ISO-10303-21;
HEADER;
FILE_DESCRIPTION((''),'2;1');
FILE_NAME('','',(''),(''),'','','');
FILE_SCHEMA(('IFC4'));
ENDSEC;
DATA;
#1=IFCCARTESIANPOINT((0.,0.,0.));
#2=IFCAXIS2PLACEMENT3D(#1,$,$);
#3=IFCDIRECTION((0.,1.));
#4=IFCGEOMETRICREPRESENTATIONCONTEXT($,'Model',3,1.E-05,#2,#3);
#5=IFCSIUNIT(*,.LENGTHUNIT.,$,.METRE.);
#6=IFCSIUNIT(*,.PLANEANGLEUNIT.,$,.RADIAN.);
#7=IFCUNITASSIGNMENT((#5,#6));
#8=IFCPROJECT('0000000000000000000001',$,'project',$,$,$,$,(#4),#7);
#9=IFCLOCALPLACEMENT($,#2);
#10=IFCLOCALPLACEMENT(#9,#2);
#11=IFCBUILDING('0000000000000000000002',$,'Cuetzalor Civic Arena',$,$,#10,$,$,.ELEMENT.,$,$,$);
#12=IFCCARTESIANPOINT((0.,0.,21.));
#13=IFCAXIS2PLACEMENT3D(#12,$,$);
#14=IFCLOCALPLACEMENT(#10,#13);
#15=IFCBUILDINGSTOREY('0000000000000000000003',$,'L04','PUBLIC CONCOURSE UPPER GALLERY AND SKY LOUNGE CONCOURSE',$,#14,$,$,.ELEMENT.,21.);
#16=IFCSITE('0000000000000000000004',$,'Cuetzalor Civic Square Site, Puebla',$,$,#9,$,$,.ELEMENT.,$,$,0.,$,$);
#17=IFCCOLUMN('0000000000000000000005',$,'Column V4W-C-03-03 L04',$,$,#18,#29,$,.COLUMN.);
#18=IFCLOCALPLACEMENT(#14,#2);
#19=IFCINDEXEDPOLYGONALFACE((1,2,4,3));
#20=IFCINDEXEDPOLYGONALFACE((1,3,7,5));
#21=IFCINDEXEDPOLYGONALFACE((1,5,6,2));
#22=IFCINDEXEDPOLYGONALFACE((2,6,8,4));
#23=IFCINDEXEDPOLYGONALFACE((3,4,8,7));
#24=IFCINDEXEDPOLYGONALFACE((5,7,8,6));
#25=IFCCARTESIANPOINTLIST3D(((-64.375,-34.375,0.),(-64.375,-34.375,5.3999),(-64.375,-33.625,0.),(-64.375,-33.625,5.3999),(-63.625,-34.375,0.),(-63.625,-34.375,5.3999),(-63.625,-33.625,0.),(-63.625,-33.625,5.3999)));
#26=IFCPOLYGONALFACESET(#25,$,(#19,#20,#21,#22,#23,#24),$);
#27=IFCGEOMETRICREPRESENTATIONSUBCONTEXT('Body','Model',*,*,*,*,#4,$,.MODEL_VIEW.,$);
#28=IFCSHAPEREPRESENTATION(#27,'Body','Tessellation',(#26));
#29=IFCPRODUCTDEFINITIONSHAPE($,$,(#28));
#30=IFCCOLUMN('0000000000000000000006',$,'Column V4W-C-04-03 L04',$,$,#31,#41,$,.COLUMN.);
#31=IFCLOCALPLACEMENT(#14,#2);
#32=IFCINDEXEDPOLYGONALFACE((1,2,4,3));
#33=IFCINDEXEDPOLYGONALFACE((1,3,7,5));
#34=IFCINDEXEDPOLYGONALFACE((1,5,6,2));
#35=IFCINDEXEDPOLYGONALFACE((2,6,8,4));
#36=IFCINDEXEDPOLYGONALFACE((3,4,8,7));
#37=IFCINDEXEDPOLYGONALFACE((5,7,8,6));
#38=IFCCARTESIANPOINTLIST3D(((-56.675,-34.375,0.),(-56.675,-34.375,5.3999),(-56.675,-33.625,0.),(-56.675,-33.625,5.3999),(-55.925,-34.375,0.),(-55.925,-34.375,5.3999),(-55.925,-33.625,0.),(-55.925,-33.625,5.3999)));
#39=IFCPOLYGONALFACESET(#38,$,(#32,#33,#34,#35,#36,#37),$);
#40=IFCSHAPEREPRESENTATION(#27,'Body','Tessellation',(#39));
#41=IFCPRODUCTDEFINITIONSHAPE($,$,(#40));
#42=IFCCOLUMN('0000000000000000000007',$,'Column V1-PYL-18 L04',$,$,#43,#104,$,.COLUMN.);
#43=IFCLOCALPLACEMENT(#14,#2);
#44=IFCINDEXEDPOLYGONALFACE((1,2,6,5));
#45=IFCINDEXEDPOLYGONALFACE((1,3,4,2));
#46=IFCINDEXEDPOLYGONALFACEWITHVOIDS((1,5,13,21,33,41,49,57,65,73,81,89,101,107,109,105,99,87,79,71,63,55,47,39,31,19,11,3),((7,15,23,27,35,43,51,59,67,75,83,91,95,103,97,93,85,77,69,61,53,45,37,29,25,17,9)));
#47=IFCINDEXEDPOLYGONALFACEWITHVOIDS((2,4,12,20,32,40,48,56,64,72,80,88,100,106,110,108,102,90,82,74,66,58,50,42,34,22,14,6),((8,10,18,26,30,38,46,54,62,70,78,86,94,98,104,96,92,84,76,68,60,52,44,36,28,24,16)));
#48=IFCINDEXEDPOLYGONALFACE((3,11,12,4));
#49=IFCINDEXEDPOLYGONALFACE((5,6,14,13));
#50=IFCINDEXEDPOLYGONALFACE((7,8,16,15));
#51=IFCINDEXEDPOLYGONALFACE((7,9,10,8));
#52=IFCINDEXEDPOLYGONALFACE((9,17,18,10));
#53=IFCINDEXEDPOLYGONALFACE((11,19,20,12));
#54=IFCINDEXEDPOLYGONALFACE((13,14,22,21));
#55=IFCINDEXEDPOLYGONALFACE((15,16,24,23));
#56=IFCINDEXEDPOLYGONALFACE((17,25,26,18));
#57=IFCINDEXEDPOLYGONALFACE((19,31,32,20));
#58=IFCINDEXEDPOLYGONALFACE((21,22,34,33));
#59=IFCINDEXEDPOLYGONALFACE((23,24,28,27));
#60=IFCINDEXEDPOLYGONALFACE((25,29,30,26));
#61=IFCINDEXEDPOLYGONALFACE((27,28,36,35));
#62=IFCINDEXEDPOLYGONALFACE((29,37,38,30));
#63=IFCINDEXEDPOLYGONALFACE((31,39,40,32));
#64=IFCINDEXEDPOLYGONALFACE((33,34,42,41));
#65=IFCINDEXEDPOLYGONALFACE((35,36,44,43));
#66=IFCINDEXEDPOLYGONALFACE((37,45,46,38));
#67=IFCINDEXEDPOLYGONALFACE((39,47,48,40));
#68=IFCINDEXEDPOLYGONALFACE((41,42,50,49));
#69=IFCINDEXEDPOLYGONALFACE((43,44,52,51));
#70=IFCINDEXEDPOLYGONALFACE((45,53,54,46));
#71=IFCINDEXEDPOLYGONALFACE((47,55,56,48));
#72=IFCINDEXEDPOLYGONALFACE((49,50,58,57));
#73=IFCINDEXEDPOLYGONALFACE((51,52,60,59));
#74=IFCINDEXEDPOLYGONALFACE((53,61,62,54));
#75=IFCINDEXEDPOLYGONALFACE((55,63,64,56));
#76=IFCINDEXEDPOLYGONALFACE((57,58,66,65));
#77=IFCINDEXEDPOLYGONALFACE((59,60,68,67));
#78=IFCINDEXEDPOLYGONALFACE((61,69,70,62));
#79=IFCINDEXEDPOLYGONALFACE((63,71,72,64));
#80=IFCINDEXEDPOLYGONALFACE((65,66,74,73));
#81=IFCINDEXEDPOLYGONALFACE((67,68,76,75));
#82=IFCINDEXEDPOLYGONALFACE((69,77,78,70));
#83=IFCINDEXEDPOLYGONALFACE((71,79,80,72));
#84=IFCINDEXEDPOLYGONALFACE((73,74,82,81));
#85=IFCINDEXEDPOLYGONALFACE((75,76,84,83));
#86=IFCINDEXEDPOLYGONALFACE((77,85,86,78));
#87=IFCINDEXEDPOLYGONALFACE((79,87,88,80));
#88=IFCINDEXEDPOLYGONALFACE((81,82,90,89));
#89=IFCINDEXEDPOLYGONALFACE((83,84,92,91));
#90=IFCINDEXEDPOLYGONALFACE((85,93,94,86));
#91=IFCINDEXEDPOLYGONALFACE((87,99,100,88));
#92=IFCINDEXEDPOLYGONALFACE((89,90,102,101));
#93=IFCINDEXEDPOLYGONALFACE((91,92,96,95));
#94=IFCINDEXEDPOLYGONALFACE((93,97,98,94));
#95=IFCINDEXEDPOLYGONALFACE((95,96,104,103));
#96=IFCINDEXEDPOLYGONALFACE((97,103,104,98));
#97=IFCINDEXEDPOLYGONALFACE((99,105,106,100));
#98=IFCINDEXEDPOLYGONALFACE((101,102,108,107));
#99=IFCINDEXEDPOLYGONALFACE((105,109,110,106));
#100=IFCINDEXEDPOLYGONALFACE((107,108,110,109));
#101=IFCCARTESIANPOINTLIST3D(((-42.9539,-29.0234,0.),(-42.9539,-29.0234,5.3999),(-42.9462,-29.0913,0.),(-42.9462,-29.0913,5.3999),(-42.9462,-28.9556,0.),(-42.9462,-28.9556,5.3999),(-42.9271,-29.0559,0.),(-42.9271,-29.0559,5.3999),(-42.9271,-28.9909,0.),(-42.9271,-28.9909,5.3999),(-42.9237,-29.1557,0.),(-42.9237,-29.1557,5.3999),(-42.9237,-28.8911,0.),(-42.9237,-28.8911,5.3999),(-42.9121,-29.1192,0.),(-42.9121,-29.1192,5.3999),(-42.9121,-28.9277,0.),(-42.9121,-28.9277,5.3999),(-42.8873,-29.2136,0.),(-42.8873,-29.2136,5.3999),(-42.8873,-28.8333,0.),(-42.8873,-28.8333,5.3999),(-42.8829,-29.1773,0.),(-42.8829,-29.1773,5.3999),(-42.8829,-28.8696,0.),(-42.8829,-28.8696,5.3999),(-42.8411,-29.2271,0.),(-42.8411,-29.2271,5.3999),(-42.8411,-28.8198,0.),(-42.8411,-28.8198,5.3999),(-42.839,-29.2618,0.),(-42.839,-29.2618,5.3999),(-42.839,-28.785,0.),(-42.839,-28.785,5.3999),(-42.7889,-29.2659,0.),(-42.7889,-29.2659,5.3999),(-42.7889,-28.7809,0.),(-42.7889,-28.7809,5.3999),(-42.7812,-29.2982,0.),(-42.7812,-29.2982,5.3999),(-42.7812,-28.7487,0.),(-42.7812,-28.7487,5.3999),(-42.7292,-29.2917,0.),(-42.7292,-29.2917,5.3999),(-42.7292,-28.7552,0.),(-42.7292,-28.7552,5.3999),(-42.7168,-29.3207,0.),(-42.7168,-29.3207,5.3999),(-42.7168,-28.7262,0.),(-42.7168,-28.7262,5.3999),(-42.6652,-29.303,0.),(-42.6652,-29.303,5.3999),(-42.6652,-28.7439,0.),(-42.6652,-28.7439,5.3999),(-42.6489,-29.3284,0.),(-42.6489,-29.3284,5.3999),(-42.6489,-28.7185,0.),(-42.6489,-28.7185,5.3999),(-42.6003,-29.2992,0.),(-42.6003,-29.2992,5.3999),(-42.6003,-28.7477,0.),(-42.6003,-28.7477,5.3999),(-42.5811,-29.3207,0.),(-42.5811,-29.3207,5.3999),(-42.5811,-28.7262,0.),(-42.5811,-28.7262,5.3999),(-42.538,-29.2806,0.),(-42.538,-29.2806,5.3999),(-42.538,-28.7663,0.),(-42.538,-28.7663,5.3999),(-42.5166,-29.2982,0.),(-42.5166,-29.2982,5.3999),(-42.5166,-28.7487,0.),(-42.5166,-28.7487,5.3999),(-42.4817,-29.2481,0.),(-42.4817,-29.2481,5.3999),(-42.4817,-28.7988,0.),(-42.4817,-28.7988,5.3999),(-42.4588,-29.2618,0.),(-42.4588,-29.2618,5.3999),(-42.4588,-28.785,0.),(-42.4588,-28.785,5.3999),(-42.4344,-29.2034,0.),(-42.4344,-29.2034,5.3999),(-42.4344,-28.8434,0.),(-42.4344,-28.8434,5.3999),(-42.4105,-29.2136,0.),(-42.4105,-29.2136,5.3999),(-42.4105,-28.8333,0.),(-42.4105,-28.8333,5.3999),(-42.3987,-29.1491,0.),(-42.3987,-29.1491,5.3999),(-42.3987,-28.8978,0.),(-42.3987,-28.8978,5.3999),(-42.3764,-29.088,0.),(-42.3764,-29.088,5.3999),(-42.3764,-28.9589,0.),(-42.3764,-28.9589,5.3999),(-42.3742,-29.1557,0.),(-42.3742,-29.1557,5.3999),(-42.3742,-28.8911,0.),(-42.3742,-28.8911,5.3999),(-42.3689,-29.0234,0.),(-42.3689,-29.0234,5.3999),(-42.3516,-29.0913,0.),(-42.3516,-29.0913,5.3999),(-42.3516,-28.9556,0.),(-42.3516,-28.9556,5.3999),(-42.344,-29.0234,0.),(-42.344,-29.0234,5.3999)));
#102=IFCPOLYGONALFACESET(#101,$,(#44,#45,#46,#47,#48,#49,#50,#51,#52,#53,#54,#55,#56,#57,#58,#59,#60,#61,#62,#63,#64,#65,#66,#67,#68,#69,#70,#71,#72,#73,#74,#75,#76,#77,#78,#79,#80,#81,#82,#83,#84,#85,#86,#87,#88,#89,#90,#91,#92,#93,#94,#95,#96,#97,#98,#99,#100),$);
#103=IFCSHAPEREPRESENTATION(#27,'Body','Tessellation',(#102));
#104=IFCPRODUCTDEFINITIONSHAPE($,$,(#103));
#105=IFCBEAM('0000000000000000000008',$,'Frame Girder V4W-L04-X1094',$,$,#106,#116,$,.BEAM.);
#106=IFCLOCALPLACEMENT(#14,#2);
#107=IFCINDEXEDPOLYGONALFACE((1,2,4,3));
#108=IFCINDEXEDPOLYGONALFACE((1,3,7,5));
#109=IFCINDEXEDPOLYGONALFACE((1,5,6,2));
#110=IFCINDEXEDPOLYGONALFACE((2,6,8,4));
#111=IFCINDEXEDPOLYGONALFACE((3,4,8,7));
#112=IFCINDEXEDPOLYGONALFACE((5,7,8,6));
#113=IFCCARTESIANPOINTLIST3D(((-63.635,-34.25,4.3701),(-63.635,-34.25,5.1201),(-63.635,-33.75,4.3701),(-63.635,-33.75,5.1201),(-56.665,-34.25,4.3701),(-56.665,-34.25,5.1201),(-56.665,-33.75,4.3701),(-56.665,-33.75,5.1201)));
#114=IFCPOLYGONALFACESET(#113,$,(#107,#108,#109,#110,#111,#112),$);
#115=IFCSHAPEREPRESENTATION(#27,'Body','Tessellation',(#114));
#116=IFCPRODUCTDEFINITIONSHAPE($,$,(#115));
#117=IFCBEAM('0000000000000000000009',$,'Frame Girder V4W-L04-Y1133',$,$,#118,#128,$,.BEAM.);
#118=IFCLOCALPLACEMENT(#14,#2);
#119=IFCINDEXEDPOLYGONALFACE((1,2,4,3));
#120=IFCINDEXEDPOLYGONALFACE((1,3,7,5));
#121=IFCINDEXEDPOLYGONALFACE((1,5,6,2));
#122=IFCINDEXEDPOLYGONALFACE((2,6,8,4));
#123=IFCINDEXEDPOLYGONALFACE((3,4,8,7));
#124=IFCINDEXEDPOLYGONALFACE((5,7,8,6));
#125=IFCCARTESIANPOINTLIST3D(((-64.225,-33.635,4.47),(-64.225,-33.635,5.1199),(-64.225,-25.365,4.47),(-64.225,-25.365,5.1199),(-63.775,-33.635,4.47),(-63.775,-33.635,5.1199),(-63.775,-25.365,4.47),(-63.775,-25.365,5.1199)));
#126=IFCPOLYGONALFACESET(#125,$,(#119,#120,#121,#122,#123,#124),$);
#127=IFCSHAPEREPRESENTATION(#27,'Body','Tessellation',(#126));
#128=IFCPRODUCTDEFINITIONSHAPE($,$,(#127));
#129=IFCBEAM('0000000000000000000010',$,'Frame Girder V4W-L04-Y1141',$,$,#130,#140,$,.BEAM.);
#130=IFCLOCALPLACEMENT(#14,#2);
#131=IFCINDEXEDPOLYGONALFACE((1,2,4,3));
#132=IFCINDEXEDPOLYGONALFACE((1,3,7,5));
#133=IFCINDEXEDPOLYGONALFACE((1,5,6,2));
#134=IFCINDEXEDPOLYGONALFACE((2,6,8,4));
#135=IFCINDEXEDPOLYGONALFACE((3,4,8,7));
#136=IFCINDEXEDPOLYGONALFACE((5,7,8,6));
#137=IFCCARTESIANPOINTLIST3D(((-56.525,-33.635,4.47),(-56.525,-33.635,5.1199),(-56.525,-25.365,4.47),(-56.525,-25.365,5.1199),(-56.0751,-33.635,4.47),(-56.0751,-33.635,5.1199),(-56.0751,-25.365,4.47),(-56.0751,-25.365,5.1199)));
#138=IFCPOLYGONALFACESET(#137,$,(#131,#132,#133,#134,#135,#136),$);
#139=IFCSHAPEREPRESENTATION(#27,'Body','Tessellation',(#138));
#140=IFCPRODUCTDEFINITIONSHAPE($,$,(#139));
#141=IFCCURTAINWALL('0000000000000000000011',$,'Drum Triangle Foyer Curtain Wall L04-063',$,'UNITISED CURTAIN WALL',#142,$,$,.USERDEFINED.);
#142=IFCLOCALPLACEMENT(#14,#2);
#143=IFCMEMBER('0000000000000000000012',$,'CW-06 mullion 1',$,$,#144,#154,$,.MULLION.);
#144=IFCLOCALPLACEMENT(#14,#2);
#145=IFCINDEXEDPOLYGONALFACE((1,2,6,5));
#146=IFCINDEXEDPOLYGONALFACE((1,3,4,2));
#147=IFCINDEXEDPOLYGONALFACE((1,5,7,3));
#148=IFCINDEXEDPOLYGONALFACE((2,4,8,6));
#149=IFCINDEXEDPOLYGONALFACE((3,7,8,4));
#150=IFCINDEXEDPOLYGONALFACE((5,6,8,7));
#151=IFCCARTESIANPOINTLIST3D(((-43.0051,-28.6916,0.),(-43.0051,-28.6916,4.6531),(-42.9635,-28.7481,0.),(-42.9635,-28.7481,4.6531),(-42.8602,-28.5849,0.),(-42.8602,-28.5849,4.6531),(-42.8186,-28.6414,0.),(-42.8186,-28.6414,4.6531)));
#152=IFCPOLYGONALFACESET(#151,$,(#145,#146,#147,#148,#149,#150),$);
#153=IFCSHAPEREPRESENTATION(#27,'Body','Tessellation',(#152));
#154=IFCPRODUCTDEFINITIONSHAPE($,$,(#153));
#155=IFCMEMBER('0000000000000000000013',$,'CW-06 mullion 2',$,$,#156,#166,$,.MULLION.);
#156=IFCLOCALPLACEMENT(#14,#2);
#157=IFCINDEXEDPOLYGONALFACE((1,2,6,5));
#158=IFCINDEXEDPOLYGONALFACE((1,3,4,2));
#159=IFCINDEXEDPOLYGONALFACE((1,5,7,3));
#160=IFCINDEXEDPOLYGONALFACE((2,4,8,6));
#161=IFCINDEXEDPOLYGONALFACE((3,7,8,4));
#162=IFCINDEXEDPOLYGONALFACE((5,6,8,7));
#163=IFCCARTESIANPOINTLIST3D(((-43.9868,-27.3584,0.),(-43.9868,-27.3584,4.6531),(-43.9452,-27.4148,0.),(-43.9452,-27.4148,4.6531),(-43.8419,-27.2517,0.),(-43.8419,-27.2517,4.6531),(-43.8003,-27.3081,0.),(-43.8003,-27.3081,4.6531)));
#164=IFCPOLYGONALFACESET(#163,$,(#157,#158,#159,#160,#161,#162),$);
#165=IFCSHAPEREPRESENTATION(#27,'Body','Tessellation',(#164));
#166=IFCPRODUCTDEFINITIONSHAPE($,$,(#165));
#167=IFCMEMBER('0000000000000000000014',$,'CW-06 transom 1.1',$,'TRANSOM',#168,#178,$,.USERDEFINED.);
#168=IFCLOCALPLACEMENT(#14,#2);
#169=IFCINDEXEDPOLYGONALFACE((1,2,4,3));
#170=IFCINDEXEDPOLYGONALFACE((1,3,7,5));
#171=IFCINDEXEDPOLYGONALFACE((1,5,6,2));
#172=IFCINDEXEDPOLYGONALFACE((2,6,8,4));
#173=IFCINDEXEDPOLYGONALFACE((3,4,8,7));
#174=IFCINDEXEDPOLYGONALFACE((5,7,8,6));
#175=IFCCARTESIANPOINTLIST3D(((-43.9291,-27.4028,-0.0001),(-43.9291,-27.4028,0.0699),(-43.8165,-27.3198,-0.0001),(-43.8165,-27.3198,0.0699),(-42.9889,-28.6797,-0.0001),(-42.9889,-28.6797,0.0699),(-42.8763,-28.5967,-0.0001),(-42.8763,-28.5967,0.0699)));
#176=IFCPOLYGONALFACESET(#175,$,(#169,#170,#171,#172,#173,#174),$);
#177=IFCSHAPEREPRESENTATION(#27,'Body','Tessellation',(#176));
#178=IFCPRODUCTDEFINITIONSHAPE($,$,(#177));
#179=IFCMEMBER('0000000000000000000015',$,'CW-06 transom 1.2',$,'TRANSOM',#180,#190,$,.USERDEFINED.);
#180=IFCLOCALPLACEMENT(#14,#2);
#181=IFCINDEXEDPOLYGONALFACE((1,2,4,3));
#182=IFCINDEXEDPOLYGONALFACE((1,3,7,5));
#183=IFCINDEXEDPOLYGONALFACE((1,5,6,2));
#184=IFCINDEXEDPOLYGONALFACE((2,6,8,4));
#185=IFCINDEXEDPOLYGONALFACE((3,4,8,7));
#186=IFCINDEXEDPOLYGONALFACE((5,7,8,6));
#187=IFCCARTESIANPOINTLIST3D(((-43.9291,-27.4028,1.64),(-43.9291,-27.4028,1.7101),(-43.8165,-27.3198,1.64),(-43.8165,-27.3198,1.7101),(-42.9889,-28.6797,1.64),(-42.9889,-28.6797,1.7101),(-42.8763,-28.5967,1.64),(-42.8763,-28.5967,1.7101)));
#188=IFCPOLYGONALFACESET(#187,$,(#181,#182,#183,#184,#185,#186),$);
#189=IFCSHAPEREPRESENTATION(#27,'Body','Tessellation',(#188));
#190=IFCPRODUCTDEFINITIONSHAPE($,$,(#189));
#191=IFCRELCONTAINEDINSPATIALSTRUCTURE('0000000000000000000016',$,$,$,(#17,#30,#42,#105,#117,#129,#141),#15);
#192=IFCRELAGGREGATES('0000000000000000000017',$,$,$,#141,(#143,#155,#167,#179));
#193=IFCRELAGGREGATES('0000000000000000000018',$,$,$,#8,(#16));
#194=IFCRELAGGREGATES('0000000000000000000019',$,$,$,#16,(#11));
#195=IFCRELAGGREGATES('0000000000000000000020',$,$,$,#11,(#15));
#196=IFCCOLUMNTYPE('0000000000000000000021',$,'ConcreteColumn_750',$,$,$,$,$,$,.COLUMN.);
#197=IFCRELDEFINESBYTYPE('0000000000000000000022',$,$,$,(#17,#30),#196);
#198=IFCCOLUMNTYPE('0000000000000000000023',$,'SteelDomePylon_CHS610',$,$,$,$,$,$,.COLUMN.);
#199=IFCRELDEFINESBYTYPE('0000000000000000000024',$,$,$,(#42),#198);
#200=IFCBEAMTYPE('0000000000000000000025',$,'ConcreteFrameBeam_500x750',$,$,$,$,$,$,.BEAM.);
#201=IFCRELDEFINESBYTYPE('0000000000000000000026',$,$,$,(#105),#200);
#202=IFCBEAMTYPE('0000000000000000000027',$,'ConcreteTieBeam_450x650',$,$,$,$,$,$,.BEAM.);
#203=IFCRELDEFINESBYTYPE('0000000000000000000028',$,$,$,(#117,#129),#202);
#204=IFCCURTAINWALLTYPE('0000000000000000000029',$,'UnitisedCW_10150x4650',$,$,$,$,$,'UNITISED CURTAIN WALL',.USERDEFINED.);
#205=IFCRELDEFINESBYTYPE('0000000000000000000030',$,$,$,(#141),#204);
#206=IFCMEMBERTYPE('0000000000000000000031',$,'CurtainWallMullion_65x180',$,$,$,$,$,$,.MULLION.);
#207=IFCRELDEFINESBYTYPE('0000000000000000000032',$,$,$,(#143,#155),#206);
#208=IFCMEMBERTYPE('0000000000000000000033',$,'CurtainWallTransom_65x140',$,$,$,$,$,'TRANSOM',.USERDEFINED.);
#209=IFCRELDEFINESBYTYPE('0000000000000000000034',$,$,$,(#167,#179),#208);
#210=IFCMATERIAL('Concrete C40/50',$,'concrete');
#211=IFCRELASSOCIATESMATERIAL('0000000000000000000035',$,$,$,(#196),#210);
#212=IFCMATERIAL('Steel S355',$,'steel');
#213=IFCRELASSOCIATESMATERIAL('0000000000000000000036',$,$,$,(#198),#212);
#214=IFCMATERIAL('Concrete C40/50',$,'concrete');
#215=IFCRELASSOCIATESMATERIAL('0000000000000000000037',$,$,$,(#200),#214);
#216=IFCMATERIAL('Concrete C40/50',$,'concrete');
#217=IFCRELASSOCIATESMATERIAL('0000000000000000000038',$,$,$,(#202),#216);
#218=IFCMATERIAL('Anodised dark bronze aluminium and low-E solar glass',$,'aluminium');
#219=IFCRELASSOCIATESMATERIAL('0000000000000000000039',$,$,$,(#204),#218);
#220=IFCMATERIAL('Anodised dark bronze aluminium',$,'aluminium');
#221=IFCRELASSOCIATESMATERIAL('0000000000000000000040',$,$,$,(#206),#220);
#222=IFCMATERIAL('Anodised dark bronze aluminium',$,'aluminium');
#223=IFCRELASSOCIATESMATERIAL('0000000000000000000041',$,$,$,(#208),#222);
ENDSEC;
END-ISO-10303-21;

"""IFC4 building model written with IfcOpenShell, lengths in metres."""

from ifc_helpers import new_model, si_unit, direction, frame, origin, origin_2d, place, context, subcontext, project, spatial, rectangle, hollow_circle, extrude, material, material_profile, profile_set, type_object, element, aggregate, save


model = new_model("IFC4")

# Units and contexts
model_context = context("Model", 3, precision=1e-05, world=origin(), true_north=direction((0.0, 1.0)))
body_context = subcontext(model_context, "Body", "Model", "MODEL_VIEW")
ifc_project = project(units=[si_unit("LENGTHUNIT", "METRE"), si_unit("PLANEANGLEUNIT", "RADIAN")], contexts=[model_context])

# Site, building, storey
site_placement = place(None, origin())
site = spatial("IfcSite", under=ifc_project, at=site_placement, Name="Cuetzalor Civic Square Site, Puebla", CompositionType="ELEMENT", RefElevation=0.0)
building_placement = place(site_placement, origin())
building = spatial("IfcBuilding", under=site, at=building_placement, Name="Cuetzalor Civic Arena", CompositionType="ELEMENT")
storey_placement = place(building_placement, frame((0.0, 0.0, 21.0)))
storey = spatial("IfcBuildingStorey", under=building, at=storey_placement, Name="L04", Description="PUBLIC CONCOURSE UPPER GALLERY AND SKY LOUNGE CONCOURSE", CompositionType="ELEMENT", Elevation=21.0)

# Columns
ifc_material_1 = material(Name="Concrete C40/50", Category="concrete")
ifc_material_profile_1 = material_profile(ifc_material_1, rectangle(XDim=0.75, YDim=0.75, at=origin_2d()), Name="RC 750x750")
ifc_profile_set_1 = profile_set([ifc_material_profile_1], Name="Concrete C40/50")
column_type_1 = type_object("IfcColumnType", Name="ConcreteColumn_750", PredefinedType="COLUMN", material=ifc_profile_set_1)
for number, where, z_axis, x_axis, name in (
    (1, (-64.0, -34.0, 0.0), (0.0, 0.0, 1.0), (1.0, 0.0, 0.0), "Column V4W-C-03-03 L04"),
    (2, (-56.3, -34.0, 0.0), (0.0, 0.0, 1.0), (1.0, 0.0, 0.0), "Column V4W-C-04-03 L04"),
):
    element("IfcColumn", number, at=place(storey_placement, frame(where, z_axis=z_axis, x_axis=x_axis)), inside=storey, type_object=column_type_1, Name=name, PredefinedType="COLUMN", context=body_context, shape_type="SweptSolid", body=[
        extrude(rectangle(XDim=0.75, YDim=0.75, at=origin_2d()), origin(), (0.0, 0.0, 1.0), 5.3999),
    ])
ifc_material_2 = material(Name="Steel S355", Category="steel")
ifc_material_profile_2 = material_profile(ifc_material_2, hollow_circle(Radius=0.3049, WallThickness=0.0249, at=origin_2d()), Name="CHS 610x25")
ifc_profile_set_2 = profile_set([ifc_material_profile_2], Name="Steel S355")
column_type_2 = type_object("IfcColumnType", Name="SteelDomePylon_CHS610", PredefinedType="COLUMN", material=ifc_profile_set_2)
column_placement = place(storey_placement, frame((-42.6489, -29.0234, 0.0), z_axis=(0.0, 0.0, 1.0), x_axis=(1.0, 0.0, 0.0)))
element("IfcColumn", 3, at=column_placement, inside=storey, type_object=column_type_2, Name="Column V1-PYL-18 L04", PredefinedType="COLUMN", context=body_context, shape_type="SweptSolid", body=[
    extrude(hollow_circle(Radius=0.3049, WallThickness=0.0249, at=origin_2d()), origin(), (0.0, 0.0, 1.0), 5.3999),
])

# Beams
ifc_material_3 = material(Name="Concrete C40/50", Category="concrete")
ifc_material_profile_3 = material_profile(ifc_material_3, rectangle(XDim=0.5, YDim=0.75, at=origin_2d()), Name="RC 500x750")
ifc_profile_set_3 = profile_set([ifc_material_profile_3], Name="Concrete C40/50")
beam_type_1 = type_object("IfcBeamType", Name="ConcreteFrameBeam_500x750", PredefinedType="BEAM", material=ifc_profile_set_3)
beam_1_placement = place(storey_placement, frame((-63.635, -34.0, 4.7451), z_axis=(1.0, 0.0, 0.0), x_axis=(0.0, 1.0, 0.0)))
element("IfcBeam", 4, at=beam_1_placement, inside=storey, type_object=beam_type_1, Name="Frame Girder V4W-L04-X1094", PredefinedType="BEAM", context=body_context, shape_type="SweptSolid", body=[
    extrude(rectangle(XDim=0.5, YDim=0.75, at=origin_2d()), origin(), (0.0, 0.0, 1.0), 6.97),
])
ifc_material_4 = material(Name="Concrete C40/50", Category="concrete")
ifc_material_profile_4 = material_profile(ifc_material_4, rectangle(XDim=0.45, YDim=0.6499, at=origin_2d()), Name="RC 450x650")
ifc_profile_set_4 = profile_set([ifc_material_profile_4], Name="Concrete C40/50")
beam_type_2 = type_object("IfcBeamType", Name="ConcreteTieBeam_450x650", PredefinedType="BEAM", material=ifc_profile_set_4)
for number, where, z_axis, x_axis, name in (
    (5, (-64.0, -33.635, 4.7949), (0.0, 1.0, 0.0), (-1.0, 0.0, 0.0), "Frame Girder V4W-L04-Y1133"),
    (6, (-56.3, -33.635, 4.7949), (0.0, 1.0, 0.0), (-1.0, 0.0, 0.0), "Frame Girder V4W-L04-Y1141"),
):
    element("IfcBeam", number, at=place(storey_placement, frame(where, z_axis=z_axis, x_axis=x_axis)), inside=storey, type_object=beam_type_2, Name=name, PredefinedType="BEAM", context=body_context, shape_type="SweptSolid", body=[
        extrude(rectangle(XDim=0.45, YDim=0.6499, at=origin_2d()), origin(), (0.0, 0.0, 1.0), 8.27),
    ])

# Curtain wall, members
ifc_material_5 = material(Name="Anodised dark bronze aluminium and low-E solar glass", Category="aluminium")
curtain_wall_type = type_object("IfcCurtainWallType", Name="UnitisedCW_10150x4650", ElementType="UNITISED CURTAIN WALL", PredefinedType="USERDEFINED", material=ifc_material_5)
curtain_wall_placement = place(storey_placement, origin())
curtain_wall = element("IfcCurtainWall", 7, at=curtain_wall_placement, inside=storey, type_object=curtain_wall_type, Name="Drum Triangle Foyer Curtain Wall L04-063", ObjectType="UNITISED CURTAIN WALL", PredefinedType="USERDEFINED")
ifc_material_6 = material(Name="Anodised dark bronze aluminium", Category="aluminium")
ifc_material_profile_5 = material_profile(ifc_material_6, rectangle(XDim=0.0701, YDim=0.1799, at=origin_2d()), Name="ALU MULLION 70x180")
ifc_profile_set_5 = profile_set([ifc_material_profile_5], Name="Anodised dark bronze aluminium")
member_type_1 = type_object("IfcMemberType", Name="CurtainWallMullion_65x180", PredefinedType="MULLION", material=ifc_profile_set_5)
member_1_placement = place(storey_placement, frame((-42.9119, -28.6665, 0.0), z_axis=(0.0, 0.0, 1.0), x_axis=(-0.592929, 0.805255, 0.0)))
member_1 = element("IfcMember", 8, at=member_1_placement, type_object=member_type_1, Name="CW-06 mullion 1", PredefinedType="MULLION", context=body_context, shape_type="SweptSolid", body=[
    extrude(rectangle(XDim=0.0701, YDim=0.1799, at=origin_2d()), origin(), (0.0, 0.0, 1.0), 4.6531),
])
member_2_placement = place(storey_placement, frame((-43.8936, -27.3333, 0.0), z_axis=(0.0, 0.0, 1.0), x_axis=(-0.592929, 0.805255, 0.0)))
member_2 = element("IfcMember", 9, at=member_2_placement, type_object=member_type_1, Name="CW-06 mullion 2", PredefinedType="MULLION", context=body_context, shape_type="SweptSolid", body=[
    extrude(rectangle(XDim=0.0701, YDim=0.1799, at=origin_2d()), origin(), (0.0, 0.0, 1.0), 4.6531),
])
ifc_material_7 = material(Name="Anodised dark bronze aluminium", Category="aluminium")
ifc_material_profile_6 = material_profile(ifc_material_7, rectangle(XDim=0.1399, YDim=0.0701, at=origin_2d()), Name="ALU TRANSOM 70x140")
ifc_profile_set_6 = profile_set([ifc_material_profile_6], Name="Anodised dark bronze aluminium")
member_type_2 = type_object("IfcMemberType", Name="CurtainWallTransom_65x140", ElementType="TRANSOM", PredefinedType="USERDEFINED", material=ifc_profile_set_6)
member_3_placement = place(storey_placement, frame((-42.9326, -28.6382, 0.0349), z_axis=(-0.592931, 0.805253, 0.0), x_axis=(-0.805253, -0.592931, 0.0)))
member_3 = element("IfcMember", 10, at=member_3_placement, type_object=member_type_2, Name="CW-06 transom 1.1", ObjectType="TRANSOM", PredefinedType="USERDEFINED", context=body_context, shape_type="SweptSolid", body=[
    extrude(rectangle(XDim=0.1399, YDim=0.0701, at=origin_2d()), origin(), (0.0, 0.0, 1.0), 1.5857),
])
member_4_placement = place(storey_placement, frame((-42.9326, -28.6382, 1.675), z_axis=(-0.592931, 0.805253, 0.0), x_axis=(-0.805253, -0.592931, 0.0)))
member_4 = element("IfcMember", 11, at=member_4_placement, type_object=member_type_2, Name="CW-06 transom 1.2", ObjectType="TRANSOM", PredefinedType="USERDEFINED", context=body_context, shape_type="SweptSolid", body=[
    extrude(rectangle(XDim=0.1399, YDim=0.0701, at=origin_2d()), origin(), (0.0, 0.0, 1.0), 1.5857),
])

aggregate(curtain_wall, [member_1, member_2, member_3, member_4])

save(model, "model.ifc")
